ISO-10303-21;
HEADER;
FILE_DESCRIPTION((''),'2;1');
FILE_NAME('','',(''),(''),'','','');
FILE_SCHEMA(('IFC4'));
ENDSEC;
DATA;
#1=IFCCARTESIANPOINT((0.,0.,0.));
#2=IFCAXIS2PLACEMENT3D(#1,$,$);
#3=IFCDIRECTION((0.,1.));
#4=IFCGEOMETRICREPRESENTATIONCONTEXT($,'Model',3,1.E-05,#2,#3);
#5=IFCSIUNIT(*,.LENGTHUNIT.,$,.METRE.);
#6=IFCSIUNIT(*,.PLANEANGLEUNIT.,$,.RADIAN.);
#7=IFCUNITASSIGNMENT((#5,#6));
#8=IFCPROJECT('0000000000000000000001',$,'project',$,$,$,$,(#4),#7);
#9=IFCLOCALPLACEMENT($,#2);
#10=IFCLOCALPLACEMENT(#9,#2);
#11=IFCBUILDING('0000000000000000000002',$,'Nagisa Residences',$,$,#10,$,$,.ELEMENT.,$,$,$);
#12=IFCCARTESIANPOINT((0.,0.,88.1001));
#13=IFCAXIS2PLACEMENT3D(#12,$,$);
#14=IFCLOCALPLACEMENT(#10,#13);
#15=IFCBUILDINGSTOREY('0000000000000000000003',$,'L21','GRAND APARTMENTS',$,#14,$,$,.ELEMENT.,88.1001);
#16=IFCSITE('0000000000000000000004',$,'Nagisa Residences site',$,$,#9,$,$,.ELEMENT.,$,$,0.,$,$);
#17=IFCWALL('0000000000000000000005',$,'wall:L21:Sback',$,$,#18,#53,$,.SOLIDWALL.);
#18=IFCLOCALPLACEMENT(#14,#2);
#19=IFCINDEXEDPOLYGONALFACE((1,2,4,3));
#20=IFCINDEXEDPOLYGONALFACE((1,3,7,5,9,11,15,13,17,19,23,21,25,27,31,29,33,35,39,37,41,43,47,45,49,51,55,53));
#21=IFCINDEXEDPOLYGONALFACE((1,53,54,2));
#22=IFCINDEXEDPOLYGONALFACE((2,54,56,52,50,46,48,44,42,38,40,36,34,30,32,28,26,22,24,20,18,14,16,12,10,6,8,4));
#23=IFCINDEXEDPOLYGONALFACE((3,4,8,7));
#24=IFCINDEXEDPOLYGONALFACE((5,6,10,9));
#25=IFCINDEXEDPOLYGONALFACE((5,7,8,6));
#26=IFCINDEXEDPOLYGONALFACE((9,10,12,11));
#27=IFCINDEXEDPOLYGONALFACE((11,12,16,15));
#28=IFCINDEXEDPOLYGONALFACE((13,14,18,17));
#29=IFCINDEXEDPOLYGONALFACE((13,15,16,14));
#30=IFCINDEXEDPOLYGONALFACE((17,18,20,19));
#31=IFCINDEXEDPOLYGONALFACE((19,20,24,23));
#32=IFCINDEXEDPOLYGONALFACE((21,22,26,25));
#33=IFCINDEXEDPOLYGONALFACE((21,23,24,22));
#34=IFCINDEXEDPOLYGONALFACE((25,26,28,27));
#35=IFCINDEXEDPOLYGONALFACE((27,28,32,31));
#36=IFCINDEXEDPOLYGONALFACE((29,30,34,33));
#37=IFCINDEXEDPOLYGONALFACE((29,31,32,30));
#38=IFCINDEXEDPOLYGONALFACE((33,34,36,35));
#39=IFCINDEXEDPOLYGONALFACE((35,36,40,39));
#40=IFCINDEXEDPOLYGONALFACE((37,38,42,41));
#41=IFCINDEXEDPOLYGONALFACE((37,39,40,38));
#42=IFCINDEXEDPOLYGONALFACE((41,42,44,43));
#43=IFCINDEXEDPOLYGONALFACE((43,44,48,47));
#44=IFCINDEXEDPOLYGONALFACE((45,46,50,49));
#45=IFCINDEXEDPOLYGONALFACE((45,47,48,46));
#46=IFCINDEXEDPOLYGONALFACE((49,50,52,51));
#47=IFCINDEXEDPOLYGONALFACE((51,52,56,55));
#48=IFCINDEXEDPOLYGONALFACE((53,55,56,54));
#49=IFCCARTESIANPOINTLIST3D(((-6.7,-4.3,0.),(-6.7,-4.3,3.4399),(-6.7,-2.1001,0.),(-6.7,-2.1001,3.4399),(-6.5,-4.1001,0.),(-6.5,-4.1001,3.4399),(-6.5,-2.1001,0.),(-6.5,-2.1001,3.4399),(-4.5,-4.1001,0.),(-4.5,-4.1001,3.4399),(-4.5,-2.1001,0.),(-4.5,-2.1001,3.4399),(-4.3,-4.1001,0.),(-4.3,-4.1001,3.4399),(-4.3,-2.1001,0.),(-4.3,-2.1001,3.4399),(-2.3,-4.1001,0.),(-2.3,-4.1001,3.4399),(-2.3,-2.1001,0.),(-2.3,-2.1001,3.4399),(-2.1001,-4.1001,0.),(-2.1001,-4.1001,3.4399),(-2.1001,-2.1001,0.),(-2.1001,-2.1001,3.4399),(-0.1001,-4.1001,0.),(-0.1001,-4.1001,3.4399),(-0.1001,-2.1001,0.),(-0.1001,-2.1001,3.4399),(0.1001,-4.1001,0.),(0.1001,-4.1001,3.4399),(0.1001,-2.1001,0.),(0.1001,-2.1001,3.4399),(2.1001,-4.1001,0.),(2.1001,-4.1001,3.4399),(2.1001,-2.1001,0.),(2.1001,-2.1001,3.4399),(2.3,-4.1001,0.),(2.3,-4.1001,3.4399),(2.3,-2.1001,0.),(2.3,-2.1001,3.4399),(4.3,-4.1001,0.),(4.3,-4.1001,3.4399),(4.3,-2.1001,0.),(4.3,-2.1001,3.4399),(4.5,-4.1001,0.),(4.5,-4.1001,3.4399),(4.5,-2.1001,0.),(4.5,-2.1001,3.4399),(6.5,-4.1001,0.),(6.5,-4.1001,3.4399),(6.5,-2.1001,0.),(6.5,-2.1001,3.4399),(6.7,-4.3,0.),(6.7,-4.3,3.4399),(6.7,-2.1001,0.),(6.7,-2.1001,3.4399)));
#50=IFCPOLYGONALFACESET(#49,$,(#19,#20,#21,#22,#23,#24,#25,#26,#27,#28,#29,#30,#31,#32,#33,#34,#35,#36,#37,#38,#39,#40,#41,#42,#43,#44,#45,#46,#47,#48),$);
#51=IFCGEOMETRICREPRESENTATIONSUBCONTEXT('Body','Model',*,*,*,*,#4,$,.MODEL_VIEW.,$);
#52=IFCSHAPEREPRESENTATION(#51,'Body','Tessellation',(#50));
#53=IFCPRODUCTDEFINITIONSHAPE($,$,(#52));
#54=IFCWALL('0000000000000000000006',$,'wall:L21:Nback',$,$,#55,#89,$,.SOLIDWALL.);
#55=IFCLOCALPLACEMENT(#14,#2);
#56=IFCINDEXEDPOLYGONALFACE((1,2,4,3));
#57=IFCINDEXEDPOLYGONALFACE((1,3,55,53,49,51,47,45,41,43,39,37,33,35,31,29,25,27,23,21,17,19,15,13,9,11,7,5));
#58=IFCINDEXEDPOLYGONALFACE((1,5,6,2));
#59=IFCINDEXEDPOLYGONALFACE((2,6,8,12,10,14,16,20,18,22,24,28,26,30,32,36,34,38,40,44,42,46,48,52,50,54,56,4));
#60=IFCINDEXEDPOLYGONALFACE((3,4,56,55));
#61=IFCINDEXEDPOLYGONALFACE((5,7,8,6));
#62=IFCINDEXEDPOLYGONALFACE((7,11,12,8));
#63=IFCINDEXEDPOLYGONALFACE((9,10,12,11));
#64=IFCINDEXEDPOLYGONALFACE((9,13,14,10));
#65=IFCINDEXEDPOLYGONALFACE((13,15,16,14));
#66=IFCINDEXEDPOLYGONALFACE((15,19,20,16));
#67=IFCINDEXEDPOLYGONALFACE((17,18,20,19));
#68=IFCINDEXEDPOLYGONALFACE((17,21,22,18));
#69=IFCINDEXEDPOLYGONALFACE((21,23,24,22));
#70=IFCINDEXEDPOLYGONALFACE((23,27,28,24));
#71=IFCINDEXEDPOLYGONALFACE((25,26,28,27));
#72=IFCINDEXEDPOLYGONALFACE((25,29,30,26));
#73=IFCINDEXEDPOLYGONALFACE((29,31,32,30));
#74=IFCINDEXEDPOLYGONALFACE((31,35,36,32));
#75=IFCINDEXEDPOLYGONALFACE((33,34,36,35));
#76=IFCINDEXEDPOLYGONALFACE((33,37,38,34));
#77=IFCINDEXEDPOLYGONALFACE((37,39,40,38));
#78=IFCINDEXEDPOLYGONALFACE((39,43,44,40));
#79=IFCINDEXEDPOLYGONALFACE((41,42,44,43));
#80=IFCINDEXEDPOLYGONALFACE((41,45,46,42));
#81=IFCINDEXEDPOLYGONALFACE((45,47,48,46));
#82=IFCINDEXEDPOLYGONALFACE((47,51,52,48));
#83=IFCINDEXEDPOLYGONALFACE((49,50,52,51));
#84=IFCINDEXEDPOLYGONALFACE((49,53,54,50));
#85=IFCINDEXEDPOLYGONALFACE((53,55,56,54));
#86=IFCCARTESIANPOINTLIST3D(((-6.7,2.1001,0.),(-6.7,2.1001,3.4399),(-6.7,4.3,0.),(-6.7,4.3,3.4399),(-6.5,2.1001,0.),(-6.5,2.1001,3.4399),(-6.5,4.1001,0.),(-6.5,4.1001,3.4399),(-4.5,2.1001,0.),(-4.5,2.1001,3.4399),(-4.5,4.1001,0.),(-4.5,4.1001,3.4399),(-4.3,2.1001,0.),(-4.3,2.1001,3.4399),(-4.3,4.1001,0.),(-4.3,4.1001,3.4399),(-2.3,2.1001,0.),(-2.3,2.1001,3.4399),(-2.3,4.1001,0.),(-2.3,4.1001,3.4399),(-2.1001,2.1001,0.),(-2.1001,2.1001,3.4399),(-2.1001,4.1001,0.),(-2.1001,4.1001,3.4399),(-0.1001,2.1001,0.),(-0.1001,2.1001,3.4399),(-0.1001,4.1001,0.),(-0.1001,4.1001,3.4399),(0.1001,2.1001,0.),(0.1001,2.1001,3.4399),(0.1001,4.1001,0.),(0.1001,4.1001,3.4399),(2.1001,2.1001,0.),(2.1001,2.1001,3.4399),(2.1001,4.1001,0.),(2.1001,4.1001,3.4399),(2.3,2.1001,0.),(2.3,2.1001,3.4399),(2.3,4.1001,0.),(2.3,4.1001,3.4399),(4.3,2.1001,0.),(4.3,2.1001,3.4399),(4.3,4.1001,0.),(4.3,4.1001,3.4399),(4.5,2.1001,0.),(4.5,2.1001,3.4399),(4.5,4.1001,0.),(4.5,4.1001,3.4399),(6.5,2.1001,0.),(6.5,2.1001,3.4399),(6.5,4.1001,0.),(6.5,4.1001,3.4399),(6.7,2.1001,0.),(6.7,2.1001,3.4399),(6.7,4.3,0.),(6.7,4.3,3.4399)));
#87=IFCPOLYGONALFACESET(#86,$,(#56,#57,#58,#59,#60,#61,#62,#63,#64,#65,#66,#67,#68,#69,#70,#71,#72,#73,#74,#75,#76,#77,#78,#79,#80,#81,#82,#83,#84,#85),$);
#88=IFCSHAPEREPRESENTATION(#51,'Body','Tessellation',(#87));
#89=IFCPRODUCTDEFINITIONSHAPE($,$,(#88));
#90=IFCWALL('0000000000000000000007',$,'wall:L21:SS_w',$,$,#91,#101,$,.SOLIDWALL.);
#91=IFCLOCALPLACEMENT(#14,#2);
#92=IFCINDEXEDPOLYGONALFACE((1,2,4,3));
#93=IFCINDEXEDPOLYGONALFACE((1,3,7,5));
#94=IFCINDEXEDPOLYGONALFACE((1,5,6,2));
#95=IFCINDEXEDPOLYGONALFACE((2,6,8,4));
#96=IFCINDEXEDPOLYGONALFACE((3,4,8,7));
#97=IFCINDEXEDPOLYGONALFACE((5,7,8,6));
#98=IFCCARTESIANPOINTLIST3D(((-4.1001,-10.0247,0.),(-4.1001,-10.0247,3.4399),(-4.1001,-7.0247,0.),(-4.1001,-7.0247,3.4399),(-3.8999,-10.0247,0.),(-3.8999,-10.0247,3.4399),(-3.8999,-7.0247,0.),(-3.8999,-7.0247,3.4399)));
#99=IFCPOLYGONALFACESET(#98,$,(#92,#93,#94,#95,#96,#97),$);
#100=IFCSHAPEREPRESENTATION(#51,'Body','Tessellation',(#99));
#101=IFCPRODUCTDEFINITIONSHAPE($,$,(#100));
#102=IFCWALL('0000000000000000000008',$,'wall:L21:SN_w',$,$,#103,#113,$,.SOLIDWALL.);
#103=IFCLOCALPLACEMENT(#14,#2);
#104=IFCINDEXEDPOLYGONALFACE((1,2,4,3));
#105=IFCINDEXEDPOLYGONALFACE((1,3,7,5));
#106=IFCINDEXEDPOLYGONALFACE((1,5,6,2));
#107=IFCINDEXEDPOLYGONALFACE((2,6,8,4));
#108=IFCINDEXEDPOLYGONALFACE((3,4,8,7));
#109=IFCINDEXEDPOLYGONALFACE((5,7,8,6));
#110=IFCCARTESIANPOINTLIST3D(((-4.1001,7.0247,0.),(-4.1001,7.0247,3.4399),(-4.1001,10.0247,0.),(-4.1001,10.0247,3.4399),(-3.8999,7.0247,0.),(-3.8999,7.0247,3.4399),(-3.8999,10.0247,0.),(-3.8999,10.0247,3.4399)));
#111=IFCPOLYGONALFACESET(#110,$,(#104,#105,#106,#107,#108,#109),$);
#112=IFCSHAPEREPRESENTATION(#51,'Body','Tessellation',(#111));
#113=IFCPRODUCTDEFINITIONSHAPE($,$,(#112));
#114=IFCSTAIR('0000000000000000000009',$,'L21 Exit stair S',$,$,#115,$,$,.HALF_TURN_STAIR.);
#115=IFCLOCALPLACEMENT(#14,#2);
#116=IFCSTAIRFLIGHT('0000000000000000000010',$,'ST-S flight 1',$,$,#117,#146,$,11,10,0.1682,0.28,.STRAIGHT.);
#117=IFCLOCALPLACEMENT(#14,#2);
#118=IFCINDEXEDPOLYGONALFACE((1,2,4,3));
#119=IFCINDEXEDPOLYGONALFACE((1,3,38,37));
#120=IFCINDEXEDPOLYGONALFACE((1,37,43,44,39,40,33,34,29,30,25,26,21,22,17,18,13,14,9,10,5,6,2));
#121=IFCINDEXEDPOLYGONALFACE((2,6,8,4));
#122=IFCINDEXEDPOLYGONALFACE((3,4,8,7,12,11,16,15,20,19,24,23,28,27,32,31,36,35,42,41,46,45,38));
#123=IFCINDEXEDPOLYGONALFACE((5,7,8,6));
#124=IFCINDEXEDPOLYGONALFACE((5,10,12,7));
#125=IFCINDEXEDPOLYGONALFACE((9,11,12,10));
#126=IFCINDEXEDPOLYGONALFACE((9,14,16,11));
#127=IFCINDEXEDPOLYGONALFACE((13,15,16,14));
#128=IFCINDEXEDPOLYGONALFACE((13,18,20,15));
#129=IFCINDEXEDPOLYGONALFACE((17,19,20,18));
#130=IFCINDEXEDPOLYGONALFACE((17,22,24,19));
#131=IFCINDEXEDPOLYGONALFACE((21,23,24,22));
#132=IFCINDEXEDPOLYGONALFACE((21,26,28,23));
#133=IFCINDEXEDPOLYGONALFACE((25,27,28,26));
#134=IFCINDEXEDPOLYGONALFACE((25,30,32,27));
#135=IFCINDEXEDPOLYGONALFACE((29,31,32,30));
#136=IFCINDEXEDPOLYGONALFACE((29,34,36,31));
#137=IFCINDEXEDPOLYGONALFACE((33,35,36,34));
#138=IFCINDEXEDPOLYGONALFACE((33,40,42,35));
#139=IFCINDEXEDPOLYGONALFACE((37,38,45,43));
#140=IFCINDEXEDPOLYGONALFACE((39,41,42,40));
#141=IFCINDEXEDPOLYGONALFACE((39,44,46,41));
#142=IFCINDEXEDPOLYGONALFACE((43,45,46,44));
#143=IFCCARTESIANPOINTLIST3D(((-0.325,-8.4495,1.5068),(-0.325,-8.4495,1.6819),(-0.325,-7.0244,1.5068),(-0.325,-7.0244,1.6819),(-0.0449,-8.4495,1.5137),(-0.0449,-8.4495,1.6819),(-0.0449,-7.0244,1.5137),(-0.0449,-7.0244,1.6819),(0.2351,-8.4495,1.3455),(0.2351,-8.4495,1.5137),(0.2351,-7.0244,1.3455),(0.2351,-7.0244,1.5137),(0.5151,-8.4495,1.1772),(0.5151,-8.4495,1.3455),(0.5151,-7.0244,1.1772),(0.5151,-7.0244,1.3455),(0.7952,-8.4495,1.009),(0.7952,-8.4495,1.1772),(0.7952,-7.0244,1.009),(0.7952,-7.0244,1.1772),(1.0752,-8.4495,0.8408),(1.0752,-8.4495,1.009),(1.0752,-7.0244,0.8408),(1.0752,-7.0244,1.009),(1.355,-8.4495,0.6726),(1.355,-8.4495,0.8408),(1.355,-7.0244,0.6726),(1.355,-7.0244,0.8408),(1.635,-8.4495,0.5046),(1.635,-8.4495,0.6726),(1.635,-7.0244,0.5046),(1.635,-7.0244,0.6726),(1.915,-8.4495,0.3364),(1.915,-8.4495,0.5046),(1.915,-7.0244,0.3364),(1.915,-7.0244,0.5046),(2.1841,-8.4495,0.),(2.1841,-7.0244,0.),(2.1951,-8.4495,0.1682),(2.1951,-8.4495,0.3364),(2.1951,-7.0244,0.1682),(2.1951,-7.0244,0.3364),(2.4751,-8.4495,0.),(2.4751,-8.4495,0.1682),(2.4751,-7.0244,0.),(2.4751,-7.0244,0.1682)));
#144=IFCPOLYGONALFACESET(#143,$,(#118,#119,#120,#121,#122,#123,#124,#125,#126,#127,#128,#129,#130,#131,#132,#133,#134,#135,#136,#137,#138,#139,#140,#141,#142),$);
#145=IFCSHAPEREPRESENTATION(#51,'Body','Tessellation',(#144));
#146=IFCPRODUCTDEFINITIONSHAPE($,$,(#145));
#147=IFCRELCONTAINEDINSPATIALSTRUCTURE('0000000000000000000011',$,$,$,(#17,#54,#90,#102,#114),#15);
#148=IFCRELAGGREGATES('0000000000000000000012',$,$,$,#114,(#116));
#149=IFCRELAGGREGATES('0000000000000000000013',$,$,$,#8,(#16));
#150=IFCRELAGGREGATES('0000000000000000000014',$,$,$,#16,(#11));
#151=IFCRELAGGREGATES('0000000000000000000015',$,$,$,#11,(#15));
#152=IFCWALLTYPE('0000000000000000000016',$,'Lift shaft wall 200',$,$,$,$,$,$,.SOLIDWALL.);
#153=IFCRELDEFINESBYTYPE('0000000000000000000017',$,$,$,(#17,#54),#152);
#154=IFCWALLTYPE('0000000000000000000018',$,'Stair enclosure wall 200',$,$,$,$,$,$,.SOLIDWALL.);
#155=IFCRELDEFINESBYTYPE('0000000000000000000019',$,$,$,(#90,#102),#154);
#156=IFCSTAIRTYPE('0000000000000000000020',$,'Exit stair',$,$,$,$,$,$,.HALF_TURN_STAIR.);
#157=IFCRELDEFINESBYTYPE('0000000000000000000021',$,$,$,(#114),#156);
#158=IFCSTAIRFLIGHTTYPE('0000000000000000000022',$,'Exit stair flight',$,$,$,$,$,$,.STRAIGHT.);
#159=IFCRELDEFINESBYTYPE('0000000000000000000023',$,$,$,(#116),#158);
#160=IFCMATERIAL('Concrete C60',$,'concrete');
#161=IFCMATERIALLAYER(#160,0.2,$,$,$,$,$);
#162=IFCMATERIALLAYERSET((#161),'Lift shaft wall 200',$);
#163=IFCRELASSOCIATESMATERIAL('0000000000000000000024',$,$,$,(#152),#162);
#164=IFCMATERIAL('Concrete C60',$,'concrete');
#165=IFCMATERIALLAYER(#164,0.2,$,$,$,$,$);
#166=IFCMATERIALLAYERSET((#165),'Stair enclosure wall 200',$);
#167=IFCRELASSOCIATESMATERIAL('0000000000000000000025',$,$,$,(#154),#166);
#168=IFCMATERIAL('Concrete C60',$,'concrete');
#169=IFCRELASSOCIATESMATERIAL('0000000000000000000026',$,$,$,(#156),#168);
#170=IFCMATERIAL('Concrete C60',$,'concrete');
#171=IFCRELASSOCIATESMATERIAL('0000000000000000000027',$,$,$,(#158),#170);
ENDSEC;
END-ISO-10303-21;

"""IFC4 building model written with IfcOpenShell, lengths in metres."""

from ifc_helpers import new_model, si_unit, direction, frame, origin, place, context, subcontext, project, spatial, polyline, outline, extrude, material, layer, layer_set, type_object, element, aggregate, save


model = new_model("IFC4")

# Units and contexts
model_context = context("Model", 3, precision=1e-05, world=origin(), true_north=direction((0.0, 1.0)))
body_context = subcontext(model_context, "Body", "Model", "MODEL_VIEW")
ifc_project = project(units=[si_unit("LENGTHUNIT", "METRE"), si_unit("PLANEANGLEUNIT", "RADIAN")], contexts=[model_context])

# Site, building, storey
site_placement = place(None, origin())
site = spatial("IfcSite", under=ifc_project, at=site_placement, Name="Nagisa Residences site", CompositionType="ELEMENT", RefElevation=0.0)
building_placement = place(site_placement, origin())
building = spatial("IfcBuilding", under=site, at=building_placement, Name="Nagisa Residences", CompositionType="ELEMENT")
storey_placement = place(building_placement, frame((0.0, 0.0, 88.1001)))
storey = spatial("IfcBuildingStorey", under=building, at=storey_placement, Name="L21", Description="GRAND APARTMENTS", CompositionType="ELEMENT", Elevation=88.1001)

# Shared definitions
ifc_material_1 = material(Name="Concrete C60", Category="concrete")
ifc_layer_1 = layer(ifc_material_1, 0.2)
ifc_layer_set_1 = layer_set([ifc_layer_1], Name="Lift shaft wall 200")
wall_type_1 = type_object("IfcWallType", Name="Lift shaft wall 200", PredefinedType="SOLIDWALL", material=ifc_layer_set_1)

# Walls
wall_1_placement = place(storey_placement, origin())
element("IfcWall", 1, at=wall_1_placement, inside=storey, type_object=wall_type_1, Name="wall:L21:Sback", PredefinedType="SOLIDWALL", context=body_context, shape_type="SweptSolid", body=[
    extrude(outline(polyline([(-6.7, -2.1001), (-6.5, -2.1001), (-6.5, -4.1001), (-4.5, -4.1001), (-4.5, -2.1001), (-4.3, -2.1001), (-4.3, -4.1001), (-2.3, -4.1001), (-2.3, -2.1001), (-2.1001, -2.1001), (-2.1001, -4.1001), (-0.1001, -4.1001), (-0.1001, -2.1001), (0.1001, -2.1001), (0.1001, -4.1001), (2.1001, -4.1001), (2.1001, -2.1001), (2.3, -2.1001), (2.3, -4.1001), (4.3, -4.1001), (4.3, -2.1001), (4.5, -2.1001), (4.5, -4.1001), (6.5, -4.1001), (6.5, -2.1001), (6.7, -2.1001), (6.7, -4.3), (-6.7, -4.3), (-6.7, -2.1001)])), origin(), (0.0, 0.0, 1.0), 3.4399),
])
wall_2_placement = place(storey_placement, origin())
element("IfcWall", 2, at=wall_2_placement, inside=storey, type_object=wall_type_1, Name="wall:L21:Nback", PredefinedType="SOLIDWALL", context=body_context, shape_type="SweptSolid", body=[
    extrude(outline(polyline([(-6.5, 2.1001), (-6.7, 2.1001), (-6.7, 4.3), (6.7, 4.3), (6.7, 2.1001), (6.5, 2.1001), (6.5, 4.1001), (4.5, 4.1001), (4.5, 2.1001), (4.3, 2.1001), (4.3, 4.1001), (2.3, 4.1001), (2.3, 2.1001), (2.1001, 2.1001), (2.1001, 4.1001), (0.1001, 4.1001), (0.1001, 2.1001), (-0.1001, 2.1001), (-0.1001, 4.1001), (-2.1001, 4.1001), (-2.1001, 2.1001), (-2.3, 2.1001), (-2.3, 4.1001), (-4.3, 4.1001), (-4.3, 2.1001), (-4.5, 2.1001), (-4.5, 4.1001), (-6.5, 4.1001), (-6.5, 2.1001)])), origin(), (0.0, 0.0, 1.0), 3.4399),
])
ifc_material_2 = material(Name="Concrete C60", Category="concrete")
ifc_layer_2 = layer(ifc_material_2, 0.2)
ifc_layer_set_2 = layer_set([ifc_layer_2], Name="Stair enclosure wall 200")
wall_type_2 = type_object("IfcWallType", Name="Stair enclosure wall 200", PredefinedType="SOLIDWALL", material=ifc_layer_set_2)
wall_3_placement = place(storey_placement, origin())
element("IfcWall", 3, at=wall_3_placement, inside=storey, type_object=wall_type_2, Name="wall:L21:SS_w", PredefinedType="SOLIDWALL", context=body_context, shape_type="SweptSolid", body=[
    extrude(outline(polyline([(-3.8999, -10.0247), (-4.1001, -10.0247), (-4.1001, -7.0247), (-3.8999, -7.0247), (-3.8999, -10.0247)])), origin(), (0.0, 0.0, 1.0), 3.4399),
])
wall_4_placement = place(storey_placement, origin())
element("IfcWall", 4, at=wall_4_placement, inside=storey, type_object=wall_type_2, Name="wall:L21:SN_w", PredefinedType="SOLIDWALL", context=body_context, shape_type="SweptSolid", body=[
    extrude(outline(polyline([(-3.8999, 7.0247), (-4.1001, 7.0247), (-4.1001, 10.0247), (-3.8999, 10.0247), (-3.8999, 7.0247)])), origin(), (0.0, 0.0, 1.0), 3.4399),
])

# Stair, stair flight
ifc_material_3 = material(Name="Concrete C60", Category="concrete")
stair_type = type_object("IfcStairType", Name="Exit stair", PredefinedType="HALF_TURN_STAIR", material=ifc_material_3)
stair_placement = place(storey_placement, origin())
stair = element("IfcStair", 5, at=stair_placement, inside=storey, type_object=stair_type, Name="L21 Exit stair S", PredefinedType="HALF_TURN_STAIR")
ifc_material_4 = material(Name="Concrete C60", Category="concrete")
stair_flight_type = type_object("IfcStairFlightType", Name="Exit stair flight", PredefinedType="STRAIGHT", material=ifc_material_4)
stair_flight_placement = place(storey_placement, frame((2.4751, -7.7371, 0.0), z_axis=(0.0, 0.0, 1.0), x_axis=(-1.0, 0.0, 0.0)))
stair_flight = element("IfcStairFlight", 6, at=stair_flight_placement, type_object=stair_flight_type, Name="ST-S flight 1", NumberOfRisers=11, NumberOfTreads=10, PredefinedType="STRAIGHT", RiserHeight=0.1682, TreadLength=0.28, context=body_context, shape_type="SweptSolid", body=[
    extrude(outline(polyline([(0.0, 0.0), (0.0, 0.1682), (0.28, 0.1682), (0.28, 0.3364), (0.5601, 0.3364), (0.5601, 0.5046), (0.8401, 0.5046), (0.8401, 0.6726), (1.1201, 0.6726), (1.1201, 0.8408), (1.3999, 0.8408), (1.3999, 1.009), (1.6799, 1.009), (1.6799, 1.1772), (1.96, 1.1772), (1.96, 1.3455), (2.24, 1.3455), (2.24, 1.5137), (2.52, 1.5137), (2.52, 1.6819), (2.8, 1.6819), (2.8, 1.8501), (2.8, 1.5068), (0.291, 0.0), (0.0, 0.0)])), frame((0.0, 0.7124, 0.0), z_axis=(0.0, -1.0, 0.0), x_axis=(1.0, 0.0, 0.0)), (0.0, 0.0, 1.0), 1.425),
])
aggregate(stair, [stair_flight])

save(model, "model.ifc")
